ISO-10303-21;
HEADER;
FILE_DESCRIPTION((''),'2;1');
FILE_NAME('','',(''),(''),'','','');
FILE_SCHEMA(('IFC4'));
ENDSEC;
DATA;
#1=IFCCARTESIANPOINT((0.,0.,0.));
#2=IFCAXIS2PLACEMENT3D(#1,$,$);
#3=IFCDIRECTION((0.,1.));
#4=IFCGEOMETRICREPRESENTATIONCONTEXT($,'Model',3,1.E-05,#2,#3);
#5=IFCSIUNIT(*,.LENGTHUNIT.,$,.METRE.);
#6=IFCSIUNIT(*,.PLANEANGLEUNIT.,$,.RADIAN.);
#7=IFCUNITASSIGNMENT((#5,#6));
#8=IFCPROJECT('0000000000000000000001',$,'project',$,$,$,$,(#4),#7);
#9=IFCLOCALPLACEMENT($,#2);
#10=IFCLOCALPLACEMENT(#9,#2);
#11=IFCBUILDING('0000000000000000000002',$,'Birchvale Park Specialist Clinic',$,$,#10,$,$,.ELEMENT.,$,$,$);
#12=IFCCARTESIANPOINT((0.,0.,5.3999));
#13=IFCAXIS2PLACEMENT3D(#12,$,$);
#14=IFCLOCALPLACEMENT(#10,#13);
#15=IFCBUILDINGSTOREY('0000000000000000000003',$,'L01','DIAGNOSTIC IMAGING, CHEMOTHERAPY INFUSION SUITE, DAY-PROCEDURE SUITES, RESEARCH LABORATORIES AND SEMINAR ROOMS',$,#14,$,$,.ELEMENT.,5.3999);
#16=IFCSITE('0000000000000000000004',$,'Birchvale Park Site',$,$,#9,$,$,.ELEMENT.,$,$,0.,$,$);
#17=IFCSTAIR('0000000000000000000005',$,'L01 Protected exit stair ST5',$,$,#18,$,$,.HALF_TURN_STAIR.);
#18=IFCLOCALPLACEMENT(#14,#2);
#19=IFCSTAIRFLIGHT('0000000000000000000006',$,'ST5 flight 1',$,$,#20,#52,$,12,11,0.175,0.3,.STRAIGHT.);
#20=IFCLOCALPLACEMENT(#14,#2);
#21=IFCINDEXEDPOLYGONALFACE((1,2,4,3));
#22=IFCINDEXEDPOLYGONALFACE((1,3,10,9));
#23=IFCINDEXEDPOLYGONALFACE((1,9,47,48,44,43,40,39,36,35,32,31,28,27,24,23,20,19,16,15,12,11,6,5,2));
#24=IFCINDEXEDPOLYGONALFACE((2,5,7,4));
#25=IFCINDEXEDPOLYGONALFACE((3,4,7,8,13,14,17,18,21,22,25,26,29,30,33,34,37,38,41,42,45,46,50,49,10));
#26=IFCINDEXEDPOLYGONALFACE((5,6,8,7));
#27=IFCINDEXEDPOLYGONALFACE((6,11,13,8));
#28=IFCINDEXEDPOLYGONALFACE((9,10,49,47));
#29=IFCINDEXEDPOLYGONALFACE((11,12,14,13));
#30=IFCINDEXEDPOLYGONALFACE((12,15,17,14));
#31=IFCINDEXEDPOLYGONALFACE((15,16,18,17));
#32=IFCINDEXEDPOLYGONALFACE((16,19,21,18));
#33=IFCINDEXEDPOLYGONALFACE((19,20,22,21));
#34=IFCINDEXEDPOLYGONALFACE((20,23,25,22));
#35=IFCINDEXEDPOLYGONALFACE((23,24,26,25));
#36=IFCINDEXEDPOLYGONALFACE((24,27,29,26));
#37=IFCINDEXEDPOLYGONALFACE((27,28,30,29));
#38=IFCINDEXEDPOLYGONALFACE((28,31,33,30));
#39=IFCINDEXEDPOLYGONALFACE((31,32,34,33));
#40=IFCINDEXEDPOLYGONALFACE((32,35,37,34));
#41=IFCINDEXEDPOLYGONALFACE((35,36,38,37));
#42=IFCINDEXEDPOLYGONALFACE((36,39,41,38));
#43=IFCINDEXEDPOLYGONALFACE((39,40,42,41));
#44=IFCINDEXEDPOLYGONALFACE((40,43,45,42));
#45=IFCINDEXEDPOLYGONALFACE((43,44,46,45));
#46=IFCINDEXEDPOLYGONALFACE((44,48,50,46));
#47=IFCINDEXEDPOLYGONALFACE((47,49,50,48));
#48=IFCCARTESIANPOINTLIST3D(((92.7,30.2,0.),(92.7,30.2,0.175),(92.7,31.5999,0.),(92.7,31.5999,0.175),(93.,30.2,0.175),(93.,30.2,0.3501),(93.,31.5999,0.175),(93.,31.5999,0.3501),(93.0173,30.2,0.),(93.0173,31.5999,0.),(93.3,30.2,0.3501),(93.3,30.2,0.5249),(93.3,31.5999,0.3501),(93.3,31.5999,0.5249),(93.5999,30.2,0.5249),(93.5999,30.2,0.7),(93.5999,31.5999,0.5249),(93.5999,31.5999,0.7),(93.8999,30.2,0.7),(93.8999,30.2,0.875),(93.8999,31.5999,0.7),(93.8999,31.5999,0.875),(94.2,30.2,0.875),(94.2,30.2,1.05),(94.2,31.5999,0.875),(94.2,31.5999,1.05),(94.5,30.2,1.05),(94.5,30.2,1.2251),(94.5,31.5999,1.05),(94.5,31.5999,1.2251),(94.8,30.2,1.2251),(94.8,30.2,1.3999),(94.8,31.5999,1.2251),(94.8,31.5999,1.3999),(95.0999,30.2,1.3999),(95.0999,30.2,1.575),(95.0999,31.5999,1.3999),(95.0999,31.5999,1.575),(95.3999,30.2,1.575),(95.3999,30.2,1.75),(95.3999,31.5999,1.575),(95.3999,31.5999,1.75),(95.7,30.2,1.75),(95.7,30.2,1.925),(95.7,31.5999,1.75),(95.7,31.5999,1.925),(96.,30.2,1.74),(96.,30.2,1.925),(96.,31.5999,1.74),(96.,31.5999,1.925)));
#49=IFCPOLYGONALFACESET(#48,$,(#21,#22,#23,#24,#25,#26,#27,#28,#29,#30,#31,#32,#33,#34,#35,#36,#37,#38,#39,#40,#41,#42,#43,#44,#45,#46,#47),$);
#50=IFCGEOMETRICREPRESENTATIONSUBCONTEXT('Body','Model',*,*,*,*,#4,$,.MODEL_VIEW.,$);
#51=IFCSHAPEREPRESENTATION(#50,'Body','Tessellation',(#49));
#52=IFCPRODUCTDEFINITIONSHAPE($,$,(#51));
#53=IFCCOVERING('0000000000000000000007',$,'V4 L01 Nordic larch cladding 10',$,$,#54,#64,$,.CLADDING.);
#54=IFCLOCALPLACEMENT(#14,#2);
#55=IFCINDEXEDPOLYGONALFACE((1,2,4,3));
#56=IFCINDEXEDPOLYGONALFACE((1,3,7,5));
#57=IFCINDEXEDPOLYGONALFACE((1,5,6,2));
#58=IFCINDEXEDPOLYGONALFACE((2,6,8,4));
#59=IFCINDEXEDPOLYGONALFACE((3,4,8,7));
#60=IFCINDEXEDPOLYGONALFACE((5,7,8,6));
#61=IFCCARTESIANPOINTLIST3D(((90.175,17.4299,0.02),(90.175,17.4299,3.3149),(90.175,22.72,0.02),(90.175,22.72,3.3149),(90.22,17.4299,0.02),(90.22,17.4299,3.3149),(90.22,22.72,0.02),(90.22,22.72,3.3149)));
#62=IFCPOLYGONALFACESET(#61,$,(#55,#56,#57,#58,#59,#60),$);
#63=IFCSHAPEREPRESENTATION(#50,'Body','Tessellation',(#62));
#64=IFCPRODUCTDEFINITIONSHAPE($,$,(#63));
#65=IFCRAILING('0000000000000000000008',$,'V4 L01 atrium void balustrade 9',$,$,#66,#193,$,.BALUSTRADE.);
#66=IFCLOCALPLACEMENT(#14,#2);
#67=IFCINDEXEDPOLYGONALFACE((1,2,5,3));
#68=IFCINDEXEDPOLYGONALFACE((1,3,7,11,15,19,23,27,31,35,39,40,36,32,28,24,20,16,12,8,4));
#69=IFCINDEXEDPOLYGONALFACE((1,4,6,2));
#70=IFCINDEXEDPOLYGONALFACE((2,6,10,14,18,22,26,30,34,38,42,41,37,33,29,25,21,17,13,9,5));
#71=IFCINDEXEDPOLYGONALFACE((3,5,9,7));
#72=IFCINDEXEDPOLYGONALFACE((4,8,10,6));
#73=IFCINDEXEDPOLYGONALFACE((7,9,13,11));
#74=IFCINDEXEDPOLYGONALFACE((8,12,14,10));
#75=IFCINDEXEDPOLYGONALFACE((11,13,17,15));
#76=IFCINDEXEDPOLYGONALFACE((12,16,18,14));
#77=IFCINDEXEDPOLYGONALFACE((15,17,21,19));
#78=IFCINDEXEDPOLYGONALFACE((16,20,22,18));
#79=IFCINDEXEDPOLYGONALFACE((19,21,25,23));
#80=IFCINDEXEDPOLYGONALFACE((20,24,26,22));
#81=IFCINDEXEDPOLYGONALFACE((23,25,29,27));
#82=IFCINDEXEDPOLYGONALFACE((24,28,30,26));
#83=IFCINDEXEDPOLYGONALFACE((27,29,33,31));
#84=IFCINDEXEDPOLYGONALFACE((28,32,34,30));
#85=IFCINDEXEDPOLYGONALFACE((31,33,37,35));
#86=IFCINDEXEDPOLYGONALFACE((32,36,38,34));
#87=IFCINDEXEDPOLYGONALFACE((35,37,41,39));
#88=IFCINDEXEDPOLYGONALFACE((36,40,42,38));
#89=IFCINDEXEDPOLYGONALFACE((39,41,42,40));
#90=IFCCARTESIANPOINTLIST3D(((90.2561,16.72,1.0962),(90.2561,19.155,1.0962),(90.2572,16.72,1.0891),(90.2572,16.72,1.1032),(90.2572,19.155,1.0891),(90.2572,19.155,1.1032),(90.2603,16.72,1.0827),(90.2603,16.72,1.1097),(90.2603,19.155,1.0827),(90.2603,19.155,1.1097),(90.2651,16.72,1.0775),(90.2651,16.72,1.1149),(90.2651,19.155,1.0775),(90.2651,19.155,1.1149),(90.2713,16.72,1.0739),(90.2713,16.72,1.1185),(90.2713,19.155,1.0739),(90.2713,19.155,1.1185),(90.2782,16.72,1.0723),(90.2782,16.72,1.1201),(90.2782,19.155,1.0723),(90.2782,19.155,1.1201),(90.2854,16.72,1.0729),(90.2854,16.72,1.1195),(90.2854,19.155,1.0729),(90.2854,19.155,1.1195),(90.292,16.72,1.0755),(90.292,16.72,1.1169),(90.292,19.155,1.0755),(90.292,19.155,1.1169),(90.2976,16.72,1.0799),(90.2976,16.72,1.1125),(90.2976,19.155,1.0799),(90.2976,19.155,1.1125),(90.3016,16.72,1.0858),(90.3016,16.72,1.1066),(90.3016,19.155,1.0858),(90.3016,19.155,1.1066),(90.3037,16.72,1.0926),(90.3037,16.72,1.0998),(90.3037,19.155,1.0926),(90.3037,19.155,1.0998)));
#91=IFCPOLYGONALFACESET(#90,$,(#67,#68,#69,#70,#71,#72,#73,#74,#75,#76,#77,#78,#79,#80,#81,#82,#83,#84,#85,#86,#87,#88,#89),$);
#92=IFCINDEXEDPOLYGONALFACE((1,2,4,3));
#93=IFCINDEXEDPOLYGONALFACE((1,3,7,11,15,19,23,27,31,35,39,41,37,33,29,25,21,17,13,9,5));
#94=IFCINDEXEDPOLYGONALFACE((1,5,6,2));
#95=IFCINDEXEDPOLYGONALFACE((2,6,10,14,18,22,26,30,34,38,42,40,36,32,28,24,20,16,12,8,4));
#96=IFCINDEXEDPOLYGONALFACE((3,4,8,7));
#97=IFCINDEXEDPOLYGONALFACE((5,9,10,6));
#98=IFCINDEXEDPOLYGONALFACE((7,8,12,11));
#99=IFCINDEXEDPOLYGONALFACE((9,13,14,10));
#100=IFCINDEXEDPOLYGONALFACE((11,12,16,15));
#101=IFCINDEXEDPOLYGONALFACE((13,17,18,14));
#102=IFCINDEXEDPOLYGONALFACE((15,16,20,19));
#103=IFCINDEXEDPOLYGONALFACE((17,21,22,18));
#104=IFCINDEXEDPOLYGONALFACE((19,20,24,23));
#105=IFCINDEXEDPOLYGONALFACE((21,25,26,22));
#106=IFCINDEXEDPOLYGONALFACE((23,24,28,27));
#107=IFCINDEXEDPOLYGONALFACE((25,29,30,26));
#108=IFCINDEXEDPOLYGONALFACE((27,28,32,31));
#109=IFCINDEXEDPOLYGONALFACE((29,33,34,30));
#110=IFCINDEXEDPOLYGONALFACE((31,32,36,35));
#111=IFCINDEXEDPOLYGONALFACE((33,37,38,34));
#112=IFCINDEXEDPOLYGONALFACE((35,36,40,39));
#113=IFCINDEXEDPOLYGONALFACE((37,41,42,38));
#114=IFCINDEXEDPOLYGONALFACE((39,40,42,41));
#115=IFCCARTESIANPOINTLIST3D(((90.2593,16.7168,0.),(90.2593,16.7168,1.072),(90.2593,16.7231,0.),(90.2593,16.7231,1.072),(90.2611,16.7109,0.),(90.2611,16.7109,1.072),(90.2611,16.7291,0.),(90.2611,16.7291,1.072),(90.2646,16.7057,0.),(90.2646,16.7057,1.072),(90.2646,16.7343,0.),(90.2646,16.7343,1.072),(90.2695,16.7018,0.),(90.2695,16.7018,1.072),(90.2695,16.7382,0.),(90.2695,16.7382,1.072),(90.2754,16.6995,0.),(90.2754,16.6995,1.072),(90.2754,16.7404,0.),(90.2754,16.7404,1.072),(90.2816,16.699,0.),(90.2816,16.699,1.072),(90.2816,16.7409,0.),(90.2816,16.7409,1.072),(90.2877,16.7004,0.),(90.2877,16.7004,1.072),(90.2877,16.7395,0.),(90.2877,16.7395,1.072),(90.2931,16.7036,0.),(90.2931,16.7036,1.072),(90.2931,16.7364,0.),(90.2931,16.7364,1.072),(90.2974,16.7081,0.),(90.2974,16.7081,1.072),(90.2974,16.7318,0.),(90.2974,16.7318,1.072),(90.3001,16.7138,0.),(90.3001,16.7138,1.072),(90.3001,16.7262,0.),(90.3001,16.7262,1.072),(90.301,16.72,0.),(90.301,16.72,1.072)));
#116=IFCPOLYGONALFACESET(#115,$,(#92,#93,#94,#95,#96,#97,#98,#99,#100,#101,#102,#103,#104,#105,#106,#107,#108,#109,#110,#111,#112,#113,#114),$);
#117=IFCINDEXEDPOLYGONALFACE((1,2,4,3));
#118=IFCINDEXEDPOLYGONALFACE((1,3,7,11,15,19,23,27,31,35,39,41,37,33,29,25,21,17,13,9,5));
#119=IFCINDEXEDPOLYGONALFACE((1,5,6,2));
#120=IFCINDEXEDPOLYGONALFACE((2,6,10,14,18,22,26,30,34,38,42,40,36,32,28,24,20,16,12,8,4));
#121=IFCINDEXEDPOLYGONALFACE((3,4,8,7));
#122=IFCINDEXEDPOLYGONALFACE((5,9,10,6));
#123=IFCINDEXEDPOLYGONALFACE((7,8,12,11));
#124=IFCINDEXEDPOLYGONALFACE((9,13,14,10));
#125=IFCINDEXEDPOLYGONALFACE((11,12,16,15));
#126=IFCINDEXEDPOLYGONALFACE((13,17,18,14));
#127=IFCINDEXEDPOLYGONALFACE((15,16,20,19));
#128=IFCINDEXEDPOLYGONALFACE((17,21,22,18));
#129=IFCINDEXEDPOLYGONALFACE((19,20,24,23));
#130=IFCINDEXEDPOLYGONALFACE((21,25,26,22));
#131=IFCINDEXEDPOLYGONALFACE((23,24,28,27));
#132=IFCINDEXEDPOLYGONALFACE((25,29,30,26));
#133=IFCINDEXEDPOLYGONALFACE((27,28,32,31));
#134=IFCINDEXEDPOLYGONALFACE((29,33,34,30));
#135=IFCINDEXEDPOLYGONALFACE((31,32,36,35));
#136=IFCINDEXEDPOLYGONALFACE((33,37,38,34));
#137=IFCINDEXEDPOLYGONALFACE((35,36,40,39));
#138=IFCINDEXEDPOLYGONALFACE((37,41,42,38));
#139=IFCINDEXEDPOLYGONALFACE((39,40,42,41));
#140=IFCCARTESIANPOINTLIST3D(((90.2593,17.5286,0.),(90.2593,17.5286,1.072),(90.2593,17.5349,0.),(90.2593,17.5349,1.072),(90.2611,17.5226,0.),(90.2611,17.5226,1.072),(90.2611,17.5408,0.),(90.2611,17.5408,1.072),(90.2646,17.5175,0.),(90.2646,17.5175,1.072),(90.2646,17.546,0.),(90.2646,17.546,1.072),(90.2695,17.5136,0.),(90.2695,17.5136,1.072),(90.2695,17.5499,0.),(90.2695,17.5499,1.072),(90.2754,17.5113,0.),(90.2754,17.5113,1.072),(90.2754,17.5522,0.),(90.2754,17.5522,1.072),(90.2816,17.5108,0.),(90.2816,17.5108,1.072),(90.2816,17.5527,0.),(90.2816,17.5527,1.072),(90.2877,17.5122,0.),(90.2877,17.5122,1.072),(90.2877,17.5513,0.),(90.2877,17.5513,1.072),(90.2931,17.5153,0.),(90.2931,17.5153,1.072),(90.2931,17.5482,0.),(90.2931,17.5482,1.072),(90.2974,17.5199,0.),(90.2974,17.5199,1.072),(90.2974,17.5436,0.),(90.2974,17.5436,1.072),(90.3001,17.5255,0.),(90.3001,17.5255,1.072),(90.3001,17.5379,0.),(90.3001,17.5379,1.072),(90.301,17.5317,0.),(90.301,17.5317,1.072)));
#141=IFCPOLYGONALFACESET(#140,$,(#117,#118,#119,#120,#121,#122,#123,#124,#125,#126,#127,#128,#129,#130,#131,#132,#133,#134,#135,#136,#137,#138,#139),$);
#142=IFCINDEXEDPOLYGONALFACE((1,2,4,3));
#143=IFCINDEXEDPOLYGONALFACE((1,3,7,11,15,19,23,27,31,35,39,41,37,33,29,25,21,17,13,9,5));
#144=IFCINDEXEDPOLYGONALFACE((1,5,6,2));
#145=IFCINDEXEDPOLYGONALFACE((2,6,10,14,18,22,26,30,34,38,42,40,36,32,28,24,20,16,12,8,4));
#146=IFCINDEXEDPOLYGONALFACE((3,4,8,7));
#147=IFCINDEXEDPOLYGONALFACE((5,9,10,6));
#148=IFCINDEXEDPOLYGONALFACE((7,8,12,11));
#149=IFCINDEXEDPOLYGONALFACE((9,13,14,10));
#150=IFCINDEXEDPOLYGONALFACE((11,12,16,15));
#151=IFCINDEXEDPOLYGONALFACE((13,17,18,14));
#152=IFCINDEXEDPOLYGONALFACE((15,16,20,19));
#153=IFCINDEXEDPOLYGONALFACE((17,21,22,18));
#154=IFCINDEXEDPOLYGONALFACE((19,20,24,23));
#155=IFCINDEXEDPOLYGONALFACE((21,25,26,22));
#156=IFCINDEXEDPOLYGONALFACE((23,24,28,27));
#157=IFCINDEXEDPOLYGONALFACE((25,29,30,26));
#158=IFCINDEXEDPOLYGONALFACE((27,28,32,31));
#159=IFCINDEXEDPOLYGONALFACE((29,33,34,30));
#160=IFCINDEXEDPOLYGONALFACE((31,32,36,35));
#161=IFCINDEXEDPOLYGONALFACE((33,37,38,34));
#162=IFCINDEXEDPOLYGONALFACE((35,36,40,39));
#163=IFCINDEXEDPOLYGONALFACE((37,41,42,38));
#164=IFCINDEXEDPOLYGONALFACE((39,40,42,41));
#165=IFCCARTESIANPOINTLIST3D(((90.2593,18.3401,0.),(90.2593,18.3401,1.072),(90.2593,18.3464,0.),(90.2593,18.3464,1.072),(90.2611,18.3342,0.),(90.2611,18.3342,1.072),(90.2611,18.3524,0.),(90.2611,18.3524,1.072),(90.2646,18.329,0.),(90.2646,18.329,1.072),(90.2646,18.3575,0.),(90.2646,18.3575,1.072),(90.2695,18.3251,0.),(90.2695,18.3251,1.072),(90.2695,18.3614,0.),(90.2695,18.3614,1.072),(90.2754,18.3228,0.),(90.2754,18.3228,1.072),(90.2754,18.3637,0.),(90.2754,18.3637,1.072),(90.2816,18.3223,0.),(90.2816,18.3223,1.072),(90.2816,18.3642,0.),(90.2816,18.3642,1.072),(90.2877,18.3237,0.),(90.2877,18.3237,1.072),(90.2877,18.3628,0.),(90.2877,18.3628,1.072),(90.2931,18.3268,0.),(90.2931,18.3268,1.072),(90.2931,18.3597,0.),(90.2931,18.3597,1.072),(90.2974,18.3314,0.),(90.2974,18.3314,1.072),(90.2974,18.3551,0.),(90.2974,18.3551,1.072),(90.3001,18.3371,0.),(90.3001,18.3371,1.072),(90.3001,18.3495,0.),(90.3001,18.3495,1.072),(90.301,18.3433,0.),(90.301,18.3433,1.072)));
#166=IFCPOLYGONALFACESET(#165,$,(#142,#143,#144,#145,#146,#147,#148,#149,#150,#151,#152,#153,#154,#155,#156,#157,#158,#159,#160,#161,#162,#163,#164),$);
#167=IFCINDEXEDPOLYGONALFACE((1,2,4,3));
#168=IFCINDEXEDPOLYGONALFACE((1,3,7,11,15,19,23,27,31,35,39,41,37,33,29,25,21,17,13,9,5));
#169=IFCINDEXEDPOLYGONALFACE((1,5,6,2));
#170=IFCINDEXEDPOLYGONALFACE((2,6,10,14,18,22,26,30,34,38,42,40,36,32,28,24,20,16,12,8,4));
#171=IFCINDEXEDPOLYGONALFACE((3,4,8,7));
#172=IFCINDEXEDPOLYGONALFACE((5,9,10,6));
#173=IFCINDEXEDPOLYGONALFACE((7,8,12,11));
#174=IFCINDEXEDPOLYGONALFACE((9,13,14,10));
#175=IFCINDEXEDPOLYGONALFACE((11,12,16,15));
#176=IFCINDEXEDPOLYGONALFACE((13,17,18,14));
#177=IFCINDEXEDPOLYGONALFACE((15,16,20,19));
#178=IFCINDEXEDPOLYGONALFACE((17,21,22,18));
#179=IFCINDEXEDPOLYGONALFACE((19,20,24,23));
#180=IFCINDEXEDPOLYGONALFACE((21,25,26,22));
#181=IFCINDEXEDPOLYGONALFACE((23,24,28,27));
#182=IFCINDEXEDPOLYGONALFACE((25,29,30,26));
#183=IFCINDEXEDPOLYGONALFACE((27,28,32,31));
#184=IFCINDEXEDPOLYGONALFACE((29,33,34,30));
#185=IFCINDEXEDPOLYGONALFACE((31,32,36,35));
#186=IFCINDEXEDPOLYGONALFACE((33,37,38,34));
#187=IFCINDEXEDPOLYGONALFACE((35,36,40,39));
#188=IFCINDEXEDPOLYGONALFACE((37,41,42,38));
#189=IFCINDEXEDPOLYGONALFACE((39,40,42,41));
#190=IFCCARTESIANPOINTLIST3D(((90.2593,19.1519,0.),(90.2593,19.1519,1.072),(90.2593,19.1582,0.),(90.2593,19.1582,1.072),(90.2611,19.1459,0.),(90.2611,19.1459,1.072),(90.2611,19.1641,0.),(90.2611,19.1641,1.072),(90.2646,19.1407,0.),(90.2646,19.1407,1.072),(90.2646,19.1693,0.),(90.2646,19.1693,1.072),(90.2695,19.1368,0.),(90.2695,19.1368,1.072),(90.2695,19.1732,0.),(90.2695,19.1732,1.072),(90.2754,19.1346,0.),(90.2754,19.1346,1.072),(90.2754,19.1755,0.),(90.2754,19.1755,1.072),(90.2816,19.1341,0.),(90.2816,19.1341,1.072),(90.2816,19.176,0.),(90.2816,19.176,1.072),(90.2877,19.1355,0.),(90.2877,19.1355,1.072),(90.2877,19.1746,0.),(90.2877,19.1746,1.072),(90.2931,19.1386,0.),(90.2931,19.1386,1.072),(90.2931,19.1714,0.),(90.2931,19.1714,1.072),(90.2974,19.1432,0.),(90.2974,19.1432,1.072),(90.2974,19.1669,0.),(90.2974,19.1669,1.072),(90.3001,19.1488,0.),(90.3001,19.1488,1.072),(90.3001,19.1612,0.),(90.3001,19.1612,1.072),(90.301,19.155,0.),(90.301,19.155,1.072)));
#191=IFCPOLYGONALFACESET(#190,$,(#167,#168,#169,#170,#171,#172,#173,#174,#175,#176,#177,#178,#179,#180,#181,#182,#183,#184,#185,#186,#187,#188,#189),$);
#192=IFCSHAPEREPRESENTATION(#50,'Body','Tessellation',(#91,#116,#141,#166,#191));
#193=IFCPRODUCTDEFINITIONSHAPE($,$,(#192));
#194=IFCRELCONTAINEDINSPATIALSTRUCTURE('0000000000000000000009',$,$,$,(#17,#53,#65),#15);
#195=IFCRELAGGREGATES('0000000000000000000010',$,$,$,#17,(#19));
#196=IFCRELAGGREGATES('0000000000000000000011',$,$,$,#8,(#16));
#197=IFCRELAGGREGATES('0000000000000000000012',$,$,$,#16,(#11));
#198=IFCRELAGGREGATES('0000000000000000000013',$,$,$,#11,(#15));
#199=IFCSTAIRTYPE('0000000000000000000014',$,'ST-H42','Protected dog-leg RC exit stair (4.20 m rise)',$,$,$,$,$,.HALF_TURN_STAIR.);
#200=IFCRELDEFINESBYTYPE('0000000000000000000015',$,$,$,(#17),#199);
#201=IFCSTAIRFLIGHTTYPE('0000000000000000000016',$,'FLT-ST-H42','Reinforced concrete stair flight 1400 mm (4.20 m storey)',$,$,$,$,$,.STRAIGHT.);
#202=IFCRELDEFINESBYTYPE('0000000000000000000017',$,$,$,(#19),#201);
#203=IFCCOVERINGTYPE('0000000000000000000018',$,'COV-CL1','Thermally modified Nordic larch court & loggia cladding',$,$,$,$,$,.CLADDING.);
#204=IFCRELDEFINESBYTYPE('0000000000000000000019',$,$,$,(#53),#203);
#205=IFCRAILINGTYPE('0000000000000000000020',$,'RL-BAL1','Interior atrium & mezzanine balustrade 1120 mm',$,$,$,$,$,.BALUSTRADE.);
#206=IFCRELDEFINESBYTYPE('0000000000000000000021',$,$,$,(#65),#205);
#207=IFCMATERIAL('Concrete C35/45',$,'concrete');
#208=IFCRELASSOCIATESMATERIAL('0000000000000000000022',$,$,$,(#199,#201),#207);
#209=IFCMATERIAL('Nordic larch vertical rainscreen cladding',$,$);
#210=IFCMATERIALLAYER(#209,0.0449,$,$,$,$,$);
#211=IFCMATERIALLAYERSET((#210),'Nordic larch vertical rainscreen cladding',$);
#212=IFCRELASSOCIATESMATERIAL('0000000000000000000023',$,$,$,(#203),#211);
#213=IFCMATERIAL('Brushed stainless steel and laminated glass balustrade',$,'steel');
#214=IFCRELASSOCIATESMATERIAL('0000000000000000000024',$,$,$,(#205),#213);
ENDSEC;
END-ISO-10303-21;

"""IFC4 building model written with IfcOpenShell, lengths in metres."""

from ifc_helpers import new_model, si_unit, direction, frame, origin, origin_2d, place, context, subcontext, project, spatial, polyline, rectangle, circle, outline, extrude, material, layer, layer_set, type_object, element, aggregate, save


model = new_model("IFC4")

# Units and contexts
model_context = context("Model", 3, precision=1e-05, world=origin(), true_north=direction((0.0, 1.0)))
body_context = subcontext(model_context, "Body", "Model", "MODEL_VIEW")
ifc_project = project(units=[si_unit("LENGTHUNIT", "METRE"), si_unit("PLANEANGLEUNIT", "RADIAN")], contexts=[model_context])

# Site, building, storey
site_placement = place(None, origin())
site = spatial("IfcSite", under=ifc_project, at=site_placement, Name="Birchvale Park Site", CompositionType="ELEMENT", RefElevation=0.0)
building_placement = place(site_placement, origin())
building = spatial("IfcBuilding", under=site, at=building_placement, Name="Birchvale Park Specialist Clinic", CompositionType="ELEMENT")
storey_placement = place(building_placement, frame((0.0, 0.0, 5.3999)))
storey = spatial("IfcBuildingStorey", under=building, at=storey_placement, Name="L01", Description="DIAGNOSTIC IMAGING, CHEMOTHERAPY INFUSION SUITE, DAY-PROCEDURE SUITES, RESEARCH LABORATORIES AND SEMINAR ROOMS", CompositionType="ELEMENT", Elevation=5.3999)

# Stair, stair flight
ifc_material_1 = material(Name="Concrete C35/45", Category="concrete")
stair_type = type_object("IfcStairType", Name="ST-H42", Description="Protected dog-leg RC exit stair (4.20 m rise)", PredefinedType="HALF_TURN_STAIR", material=ifc_material_1)
stair_placement = place(storey_placement, origin())
stair = element("IfcStair", 1, at=stair_placement, inside=storey, type_object=stair_type, Name="L01 Protected exit stair ST5", PredefinedType="HALF_TURN_STAIR")
stair_flight_type = type_object("IfcStairFlightType", Name="FLT-ST-H42", Description="Reinforced concrete stair flight 1400 mm (4.20 m storey)", PredefinedType="STRAIGHT", material=ifc_material_1)
stair_flight_placement = place(storey_placement, frame((92.7, 30.8999, 0.0), z_axis=(0.0, 0.0, 1.0), x_axis=(1.0, 0.0, 0.0)))
stair_flight = element("IfcStairFlight", 2, at=stair_flight_placement, type_object=stair_flight_type, Name="ST5 flight 1", NumberOfRisers=12, NumberOfTreads=11, PredefinedType="STRAIGHT", RiserHeight=0.175, TreadLength=0.3, context=body_context, shape_type="SweptSolid", body=[
    extrude(outline(polyline([(0.0, 0.0), (0.0, 0.175), (0.3, 0.175), (0.3, 0.3501), (0.6001, 0.3501), (0.6001, 0.5249), (0.8999, 0.5249), (0.8999, 0.7), (1.2, 0.7), (1.2, 0.875), (1.5, 0.875), (1.5, 1.05), (1.8, 1.05), (1.8, 1.2251), (2.1001, 1.2251), (2.1001, 1.3999), (2.3999, 1.3999), (2.3999, 1.575), (2.7, 1.575), (2.7, 1.75), (3.0, 1.75), (3.0, 1.925), (3.3, 1.925), (3.3, 2.1001), (3.3, 1.74), (0.3174, 0.0), (0.0, 0.0)])), frame((0.0, 0.7, 0.0), z_axis=(0.0, -1.0, 0.0), x_axis=(1.0, 0.0, 0.0)), (0.0, 0.0, 1.0), 1.3999),
])
aggregate(stair, [stair_flight])

# Covering
ifc_material_2 = material(Name="Nordic larch vertical rainscreen cladding")
ifc_layer_1 = layer(ifc_material_2, 0.0449)
ifc_layer_set_1 = layer_set([ifc_layer_1], Name="Nordic larch vertical rainscreen cladding")
covering_type = type_object("IfcCoveringType", Name="COV-CL1", Description="Thermally modified Nordic larch court & loggia cladding", PredefinedType="CLADDING", material=ifc_layer_set_1)
covering_placement = place(storey_placement, frame((90.1975, 20.075, 0.02), z_axis=(0.0, 0.0, 1.0), x_axis=(0.0, -1.0, 0.0)))
element("IfcCovering", 3, at=covering_placement, inside=storey, type_object=covering_type, Name="V4 L01 Nordic larch cladding 10", PredefinedType="CLADDING", context=body_context, shape_type="SweptSolid", body=[
    extrude(rectangle(XDim=5.29, YDim=0.0449, at=origin_2d()), origin(), (0.0, 0.0, 1.0), 3.2949),
])

# Railing
ifc_material_3 = material(Name="Brushed stainless steel and laminated glass balustrade", Category="steel")
railing_type_1 = type_object("IfcRailingType", Name="RL-BAL1", Description="Interior atrium & mezzanine balustrade 1120 mm", PredefinedType="BALUSTRADE", material=ifc_material_3)
railing_1_placement = place(storey_placement, frame((90.28, 16.72, 0.0)))
element("IfcRailing", 4, at=railing_1_placement, inside=storey, type_object=railing_type_1, Name="V4 L01 atrium void balustrade 9", PredefinedType="BALUSTRADE", context=body_context, shape_type="SweptSolid", body=[
    extrude(circle(Radius=0.0239, at=origin_2d()), frame((0.0, 0.0, 1.0962), z_axis=(0.0, 1.0, 0.0), x_axis=(-1.0, 0.0, 0.0)), (0.0, 0.0, 1.0), 2.4351),
    extrude(circle(Radius=0.021, at=origin_2d()), origin(), (0.0, 0.0, 1.0), 1.072),
    extrude(circle(Radius=0.021, at=origin_2d()), frame((0.0, 0.8118, 0.0)), (0.0, 0.0, 1.0), 1.072),
    extrude(circle(Radius=0.021, at=origin_2d()), frame((0.0, 1.6233, 0.0)), (0.0, 0.0, 1.0), 1.072),
    extrude(circle(Radius=0.021, at=origin_2d()), frame((0.0, 2.4351, 0.0)), (0.0, 0.0, 1.0), 1.072),
])

save(model, "model.ifc")
